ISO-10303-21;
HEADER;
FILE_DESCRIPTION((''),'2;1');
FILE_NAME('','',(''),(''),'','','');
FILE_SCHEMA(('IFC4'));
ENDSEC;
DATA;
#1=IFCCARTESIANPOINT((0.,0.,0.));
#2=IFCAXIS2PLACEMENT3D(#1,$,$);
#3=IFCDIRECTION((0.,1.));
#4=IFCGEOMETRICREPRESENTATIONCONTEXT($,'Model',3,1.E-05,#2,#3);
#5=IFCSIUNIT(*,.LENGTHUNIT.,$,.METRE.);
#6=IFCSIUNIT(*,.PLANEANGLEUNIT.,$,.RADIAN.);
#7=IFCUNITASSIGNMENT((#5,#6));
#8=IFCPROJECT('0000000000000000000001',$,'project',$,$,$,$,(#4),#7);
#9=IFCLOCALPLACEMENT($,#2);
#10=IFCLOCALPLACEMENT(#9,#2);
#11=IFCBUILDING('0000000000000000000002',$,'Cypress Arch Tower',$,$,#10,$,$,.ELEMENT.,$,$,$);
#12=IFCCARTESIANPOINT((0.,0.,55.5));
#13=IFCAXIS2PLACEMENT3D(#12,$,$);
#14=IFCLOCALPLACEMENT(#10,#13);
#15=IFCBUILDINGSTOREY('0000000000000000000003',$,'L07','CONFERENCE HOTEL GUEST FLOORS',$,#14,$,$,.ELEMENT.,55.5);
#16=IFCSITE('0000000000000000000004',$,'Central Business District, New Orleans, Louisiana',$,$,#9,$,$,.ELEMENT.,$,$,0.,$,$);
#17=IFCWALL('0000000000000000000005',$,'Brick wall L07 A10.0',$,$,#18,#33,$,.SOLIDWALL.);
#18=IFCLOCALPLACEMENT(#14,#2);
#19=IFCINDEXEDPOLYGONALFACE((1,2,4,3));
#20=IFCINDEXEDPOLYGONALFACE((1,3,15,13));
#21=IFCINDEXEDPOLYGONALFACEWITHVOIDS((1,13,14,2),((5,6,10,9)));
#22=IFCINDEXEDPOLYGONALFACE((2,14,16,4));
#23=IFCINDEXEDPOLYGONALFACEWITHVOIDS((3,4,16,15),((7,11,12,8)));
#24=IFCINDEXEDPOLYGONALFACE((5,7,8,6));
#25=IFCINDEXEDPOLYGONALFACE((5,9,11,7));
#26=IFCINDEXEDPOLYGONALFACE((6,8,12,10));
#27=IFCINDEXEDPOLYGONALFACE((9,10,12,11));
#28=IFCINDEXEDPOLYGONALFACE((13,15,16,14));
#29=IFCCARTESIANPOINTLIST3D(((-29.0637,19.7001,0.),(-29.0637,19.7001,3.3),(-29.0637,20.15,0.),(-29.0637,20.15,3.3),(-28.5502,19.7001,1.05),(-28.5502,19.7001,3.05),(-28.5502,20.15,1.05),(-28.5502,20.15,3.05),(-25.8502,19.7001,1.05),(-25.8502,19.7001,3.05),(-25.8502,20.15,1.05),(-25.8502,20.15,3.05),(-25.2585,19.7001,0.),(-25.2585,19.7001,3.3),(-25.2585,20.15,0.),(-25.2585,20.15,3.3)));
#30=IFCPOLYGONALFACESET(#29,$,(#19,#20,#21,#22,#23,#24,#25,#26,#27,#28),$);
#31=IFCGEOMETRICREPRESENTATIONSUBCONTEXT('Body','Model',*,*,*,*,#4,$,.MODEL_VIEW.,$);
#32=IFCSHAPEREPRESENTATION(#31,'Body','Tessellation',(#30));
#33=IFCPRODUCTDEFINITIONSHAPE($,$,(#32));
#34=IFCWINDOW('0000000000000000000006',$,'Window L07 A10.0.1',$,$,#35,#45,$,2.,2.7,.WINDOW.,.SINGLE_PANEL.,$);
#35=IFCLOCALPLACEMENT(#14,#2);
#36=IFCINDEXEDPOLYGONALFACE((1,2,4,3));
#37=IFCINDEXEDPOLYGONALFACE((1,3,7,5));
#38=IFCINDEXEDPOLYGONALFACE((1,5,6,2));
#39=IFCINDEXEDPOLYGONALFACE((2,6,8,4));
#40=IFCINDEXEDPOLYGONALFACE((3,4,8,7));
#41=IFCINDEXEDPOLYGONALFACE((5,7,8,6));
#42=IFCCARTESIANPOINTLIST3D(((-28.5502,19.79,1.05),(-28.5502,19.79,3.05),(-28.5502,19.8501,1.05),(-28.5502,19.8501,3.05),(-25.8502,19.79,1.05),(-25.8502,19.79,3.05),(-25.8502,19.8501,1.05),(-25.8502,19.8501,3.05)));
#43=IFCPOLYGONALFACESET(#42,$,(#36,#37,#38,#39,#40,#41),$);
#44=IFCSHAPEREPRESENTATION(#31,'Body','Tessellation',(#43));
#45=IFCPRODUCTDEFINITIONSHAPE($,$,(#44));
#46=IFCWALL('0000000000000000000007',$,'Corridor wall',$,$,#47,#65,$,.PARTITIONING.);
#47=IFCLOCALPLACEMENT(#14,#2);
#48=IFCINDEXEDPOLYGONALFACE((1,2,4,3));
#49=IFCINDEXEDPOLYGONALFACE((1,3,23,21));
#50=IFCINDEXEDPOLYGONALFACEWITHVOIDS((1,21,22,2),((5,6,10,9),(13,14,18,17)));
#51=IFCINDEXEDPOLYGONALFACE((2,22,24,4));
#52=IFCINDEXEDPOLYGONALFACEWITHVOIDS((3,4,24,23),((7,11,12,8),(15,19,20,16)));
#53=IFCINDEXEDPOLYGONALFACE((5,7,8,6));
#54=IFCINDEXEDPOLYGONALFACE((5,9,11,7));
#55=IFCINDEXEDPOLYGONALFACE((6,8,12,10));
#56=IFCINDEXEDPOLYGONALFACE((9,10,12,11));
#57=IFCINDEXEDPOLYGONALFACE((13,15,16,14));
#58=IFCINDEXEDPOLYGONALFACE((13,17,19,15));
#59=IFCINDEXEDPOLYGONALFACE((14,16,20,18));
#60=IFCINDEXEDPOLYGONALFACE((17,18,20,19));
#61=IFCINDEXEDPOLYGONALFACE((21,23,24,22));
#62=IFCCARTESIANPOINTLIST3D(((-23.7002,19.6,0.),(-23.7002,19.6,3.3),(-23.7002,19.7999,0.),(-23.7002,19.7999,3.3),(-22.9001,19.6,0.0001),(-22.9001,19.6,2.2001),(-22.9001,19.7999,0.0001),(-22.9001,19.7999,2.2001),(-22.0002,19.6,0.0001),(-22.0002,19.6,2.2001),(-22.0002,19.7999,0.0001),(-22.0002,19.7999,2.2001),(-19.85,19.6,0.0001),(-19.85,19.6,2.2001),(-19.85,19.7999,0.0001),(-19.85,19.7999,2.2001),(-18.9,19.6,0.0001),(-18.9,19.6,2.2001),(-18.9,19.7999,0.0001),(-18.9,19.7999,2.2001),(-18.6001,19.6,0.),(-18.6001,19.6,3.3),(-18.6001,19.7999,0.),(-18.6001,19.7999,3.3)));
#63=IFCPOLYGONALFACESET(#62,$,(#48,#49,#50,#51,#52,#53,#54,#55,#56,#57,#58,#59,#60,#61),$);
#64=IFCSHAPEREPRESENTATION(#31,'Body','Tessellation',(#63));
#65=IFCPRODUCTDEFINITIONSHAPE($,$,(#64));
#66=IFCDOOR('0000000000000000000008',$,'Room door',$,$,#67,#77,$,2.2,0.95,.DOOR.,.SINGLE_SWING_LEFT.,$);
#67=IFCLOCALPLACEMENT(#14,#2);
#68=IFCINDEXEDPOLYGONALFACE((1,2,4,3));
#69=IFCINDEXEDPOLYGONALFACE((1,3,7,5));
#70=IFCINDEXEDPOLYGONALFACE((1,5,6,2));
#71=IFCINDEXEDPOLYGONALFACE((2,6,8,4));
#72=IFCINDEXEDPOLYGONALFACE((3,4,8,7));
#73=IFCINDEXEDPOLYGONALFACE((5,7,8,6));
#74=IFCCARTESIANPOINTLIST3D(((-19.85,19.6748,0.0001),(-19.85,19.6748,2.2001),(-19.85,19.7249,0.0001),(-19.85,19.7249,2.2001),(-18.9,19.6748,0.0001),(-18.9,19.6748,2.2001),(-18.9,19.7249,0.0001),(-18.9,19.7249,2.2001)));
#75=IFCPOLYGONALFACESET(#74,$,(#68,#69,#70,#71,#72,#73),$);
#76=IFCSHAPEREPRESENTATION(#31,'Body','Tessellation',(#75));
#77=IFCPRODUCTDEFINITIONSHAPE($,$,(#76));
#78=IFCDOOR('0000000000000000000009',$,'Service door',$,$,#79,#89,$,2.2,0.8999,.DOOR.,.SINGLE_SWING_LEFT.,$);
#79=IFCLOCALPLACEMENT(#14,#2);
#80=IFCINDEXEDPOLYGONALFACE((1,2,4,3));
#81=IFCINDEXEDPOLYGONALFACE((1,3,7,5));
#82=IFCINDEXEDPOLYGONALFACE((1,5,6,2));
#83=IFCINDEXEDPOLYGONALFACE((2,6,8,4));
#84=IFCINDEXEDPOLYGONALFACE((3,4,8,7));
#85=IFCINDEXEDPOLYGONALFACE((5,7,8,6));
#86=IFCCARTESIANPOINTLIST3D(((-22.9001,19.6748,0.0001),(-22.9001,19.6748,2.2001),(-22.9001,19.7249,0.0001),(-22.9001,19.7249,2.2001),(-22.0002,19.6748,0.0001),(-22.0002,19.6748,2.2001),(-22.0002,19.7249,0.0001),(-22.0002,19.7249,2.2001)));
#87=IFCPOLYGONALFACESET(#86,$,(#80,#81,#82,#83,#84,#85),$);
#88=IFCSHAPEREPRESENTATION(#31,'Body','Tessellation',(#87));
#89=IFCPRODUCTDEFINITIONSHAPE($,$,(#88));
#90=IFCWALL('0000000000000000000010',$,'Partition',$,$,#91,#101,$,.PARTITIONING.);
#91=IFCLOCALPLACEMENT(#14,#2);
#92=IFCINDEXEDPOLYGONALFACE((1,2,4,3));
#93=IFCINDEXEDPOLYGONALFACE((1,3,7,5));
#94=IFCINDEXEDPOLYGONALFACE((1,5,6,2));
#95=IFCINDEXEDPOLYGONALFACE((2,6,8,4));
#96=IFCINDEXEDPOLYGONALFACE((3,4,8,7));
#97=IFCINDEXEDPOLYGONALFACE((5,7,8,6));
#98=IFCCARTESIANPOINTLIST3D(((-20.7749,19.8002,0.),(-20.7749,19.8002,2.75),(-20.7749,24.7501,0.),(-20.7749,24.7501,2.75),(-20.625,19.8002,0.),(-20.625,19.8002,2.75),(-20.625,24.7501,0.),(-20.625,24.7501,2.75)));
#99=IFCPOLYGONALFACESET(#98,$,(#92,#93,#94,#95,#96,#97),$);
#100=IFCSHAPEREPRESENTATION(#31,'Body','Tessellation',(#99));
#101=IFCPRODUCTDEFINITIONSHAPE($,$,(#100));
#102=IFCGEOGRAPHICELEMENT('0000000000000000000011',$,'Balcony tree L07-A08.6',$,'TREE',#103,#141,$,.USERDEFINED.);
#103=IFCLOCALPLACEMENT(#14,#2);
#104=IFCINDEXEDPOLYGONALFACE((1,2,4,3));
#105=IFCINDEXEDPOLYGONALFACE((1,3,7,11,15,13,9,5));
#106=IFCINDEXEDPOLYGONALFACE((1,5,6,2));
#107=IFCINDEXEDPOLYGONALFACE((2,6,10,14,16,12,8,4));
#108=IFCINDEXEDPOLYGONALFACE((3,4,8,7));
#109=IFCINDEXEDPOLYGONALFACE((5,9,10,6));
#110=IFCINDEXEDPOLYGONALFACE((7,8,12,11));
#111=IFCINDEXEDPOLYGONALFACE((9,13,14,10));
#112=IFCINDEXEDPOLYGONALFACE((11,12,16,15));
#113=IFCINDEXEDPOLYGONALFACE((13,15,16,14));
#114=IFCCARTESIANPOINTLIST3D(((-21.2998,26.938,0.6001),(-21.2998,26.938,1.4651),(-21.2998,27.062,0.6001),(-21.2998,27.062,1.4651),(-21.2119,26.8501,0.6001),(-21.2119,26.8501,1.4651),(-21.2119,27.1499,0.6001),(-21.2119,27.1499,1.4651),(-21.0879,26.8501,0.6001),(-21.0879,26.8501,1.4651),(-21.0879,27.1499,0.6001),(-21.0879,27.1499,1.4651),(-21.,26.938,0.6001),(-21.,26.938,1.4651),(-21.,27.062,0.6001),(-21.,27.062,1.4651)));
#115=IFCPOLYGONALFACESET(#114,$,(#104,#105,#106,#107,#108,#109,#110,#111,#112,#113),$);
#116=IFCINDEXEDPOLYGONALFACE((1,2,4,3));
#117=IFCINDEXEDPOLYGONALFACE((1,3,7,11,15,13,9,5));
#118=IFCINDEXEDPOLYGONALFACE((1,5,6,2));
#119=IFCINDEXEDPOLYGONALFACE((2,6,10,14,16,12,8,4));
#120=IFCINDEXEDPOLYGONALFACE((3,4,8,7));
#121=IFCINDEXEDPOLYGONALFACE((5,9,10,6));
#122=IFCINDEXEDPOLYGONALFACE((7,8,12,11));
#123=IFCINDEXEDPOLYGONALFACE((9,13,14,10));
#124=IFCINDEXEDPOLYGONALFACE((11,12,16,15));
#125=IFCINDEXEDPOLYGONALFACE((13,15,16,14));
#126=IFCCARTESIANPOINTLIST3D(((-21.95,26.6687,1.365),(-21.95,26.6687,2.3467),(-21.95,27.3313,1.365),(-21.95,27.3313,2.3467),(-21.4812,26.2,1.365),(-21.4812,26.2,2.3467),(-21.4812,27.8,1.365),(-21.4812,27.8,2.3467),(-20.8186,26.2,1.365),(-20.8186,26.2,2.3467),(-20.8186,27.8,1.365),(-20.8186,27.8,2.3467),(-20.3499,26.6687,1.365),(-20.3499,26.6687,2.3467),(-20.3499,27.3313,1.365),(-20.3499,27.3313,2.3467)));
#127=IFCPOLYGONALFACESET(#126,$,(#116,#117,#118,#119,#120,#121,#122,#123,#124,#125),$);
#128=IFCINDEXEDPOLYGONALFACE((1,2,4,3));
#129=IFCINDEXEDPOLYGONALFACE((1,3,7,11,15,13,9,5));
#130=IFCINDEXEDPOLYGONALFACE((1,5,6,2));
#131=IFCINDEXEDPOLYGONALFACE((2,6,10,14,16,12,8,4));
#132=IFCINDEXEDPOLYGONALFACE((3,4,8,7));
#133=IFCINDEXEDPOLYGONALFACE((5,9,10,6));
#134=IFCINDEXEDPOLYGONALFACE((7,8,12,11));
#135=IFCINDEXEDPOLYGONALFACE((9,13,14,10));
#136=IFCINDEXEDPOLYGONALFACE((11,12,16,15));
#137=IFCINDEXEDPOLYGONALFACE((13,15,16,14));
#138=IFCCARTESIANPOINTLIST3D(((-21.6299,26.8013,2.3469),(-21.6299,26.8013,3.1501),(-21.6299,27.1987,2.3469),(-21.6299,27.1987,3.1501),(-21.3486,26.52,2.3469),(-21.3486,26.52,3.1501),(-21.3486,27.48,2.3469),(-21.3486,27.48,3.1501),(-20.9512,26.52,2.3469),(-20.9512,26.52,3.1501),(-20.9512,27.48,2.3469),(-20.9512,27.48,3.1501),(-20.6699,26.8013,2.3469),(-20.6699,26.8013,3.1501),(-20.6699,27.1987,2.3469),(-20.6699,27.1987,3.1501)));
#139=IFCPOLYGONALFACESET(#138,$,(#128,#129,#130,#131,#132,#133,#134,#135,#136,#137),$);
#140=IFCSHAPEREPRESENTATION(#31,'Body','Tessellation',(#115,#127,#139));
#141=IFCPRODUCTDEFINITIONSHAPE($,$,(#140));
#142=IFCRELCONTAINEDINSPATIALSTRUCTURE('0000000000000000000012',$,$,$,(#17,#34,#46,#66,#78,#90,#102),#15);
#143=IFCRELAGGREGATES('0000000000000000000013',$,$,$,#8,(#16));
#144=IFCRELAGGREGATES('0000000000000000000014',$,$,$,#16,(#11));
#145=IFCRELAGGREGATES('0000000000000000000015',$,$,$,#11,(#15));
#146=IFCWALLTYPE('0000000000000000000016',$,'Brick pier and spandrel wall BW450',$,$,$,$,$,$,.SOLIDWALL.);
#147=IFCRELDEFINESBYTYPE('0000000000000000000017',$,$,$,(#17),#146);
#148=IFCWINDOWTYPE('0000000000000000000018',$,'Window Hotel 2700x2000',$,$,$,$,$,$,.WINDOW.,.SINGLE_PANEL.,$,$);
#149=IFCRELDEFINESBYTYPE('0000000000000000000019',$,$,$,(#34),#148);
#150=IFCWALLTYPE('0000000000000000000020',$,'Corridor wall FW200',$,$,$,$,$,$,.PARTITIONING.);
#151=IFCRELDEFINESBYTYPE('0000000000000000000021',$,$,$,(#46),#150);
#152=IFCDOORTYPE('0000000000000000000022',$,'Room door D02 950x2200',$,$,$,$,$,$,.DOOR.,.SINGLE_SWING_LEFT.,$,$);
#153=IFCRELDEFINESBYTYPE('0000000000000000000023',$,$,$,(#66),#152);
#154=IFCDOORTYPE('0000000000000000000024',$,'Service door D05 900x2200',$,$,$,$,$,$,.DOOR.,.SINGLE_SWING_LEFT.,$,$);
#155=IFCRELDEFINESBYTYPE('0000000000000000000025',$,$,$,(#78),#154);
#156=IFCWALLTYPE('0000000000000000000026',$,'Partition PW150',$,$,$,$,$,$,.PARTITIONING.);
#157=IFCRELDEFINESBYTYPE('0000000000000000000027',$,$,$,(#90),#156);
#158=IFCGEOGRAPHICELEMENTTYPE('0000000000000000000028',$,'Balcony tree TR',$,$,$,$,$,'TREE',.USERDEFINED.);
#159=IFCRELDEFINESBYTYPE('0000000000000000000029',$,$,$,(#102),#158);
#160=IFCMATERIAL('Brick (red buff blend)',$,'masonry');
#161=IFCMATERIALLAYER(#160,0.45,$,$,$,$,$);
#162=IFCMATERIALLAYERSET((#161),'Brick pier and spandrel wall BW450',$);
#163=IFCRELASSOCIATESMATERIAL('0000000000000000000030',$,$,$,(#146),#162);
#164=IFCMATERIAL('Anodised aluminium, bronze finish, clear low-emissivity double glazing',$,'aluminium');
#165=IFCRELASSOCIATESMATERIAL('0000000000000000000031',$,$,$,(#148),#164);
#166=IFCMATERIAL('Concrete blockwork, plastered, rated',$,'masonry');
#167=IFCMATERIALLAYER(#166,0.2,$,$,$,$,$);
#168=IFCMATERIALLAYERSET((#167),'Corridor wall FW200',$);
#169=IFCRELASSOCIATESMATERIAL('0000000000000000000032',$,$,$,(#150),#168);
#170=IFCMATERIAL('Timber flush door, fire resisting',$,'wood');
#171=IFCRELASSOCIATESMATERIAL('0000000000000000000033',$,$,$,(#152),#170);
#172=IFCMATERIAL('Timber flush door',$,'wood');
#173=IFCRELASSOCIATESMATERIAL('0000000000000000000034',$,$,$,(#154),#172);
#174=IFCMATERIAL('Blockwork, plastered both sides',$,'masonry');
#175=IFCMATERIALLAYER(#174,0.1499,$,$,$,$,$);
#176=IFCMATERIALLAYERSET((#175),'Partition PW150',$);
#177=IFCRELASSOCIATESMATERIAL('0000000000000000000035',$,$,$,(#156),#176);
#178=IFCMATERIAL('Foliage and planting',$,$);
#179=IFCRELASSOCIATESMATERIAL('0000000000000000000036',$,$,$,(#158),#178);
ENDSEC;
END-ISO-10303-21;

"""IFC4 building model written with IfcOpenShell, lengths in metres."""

from ifc_helpers import new_model, si_unit, direction, frame, frame_2d, origin, place, context, subcontext, project, spatial, polyline, rectangle, outline, extrude, material, layer, layer_set, type_object, element, fill, save


model = new_model("IFC4")

# Units and contexts
model_context = context("Model", 3, precision=1e-05, world=origin(), true_north=direction((0.0, 1.0)))
body_context = subcontext(model_context, "Body", "Model", "MODEL_VIEW")
ifc_project = project(units=[si_unit("LENGTHUNIT", "METRE"), si_unit("PLANEANGLEUNIT", "RADIAN")], contexts=[model_context])

# Site, building, storey
site_placement = place(None, origin())
site = spatial("IfcSite", under=ifc_project, at=site_placement, Name="Central Business District, New Orleans, Louisiana", CompositionType="ELEMENT", RefElevation=0.0)
building_placement = place(site_placement, origin())
building = spatial("IfcBuilding", under=site, at=building_placement, Name="Cypress Arch Tower", CompositionType="ELEMENT")
storey_placement = place(building_placement, frame((0.0, 0.0, 55.5)))
storey = spatial("IfcBuildingStorey", under=building, at=storey_placement, Name="L07", Description="CONFERENCE HOTEL GUEST FLOORS", CompositionType="ELEMENT", Elevation=55.5)

# Shared definitions
ifc_material_1 = material(Name="Brick (red buff blend)", Category="masonry")
ifc_layer_1 = layer(ifc_material_1, 0.45)
ifc_layer_set_1 = layer_set([ifc_layer_1], Name="Brick pier and spandrel wall BW450")
wall_type_1 = type_object("IfcWallType", Name="Brick pier and spandrel wall BW450", PredefinedType="SOLIDWALL", material=ifc_layer_set_1)

# Wall, opening, window
wall_1_placement = place(storey_placement, frame((-25.2585, 19.925, 0.0), z_axis=(0.0, 0.0, 1.0), x_axis=(-1.0, 0.0, 0.0)))
wall_1 = element("IfcWall", 1, at=wall_1_placement, inside=storey, type_object=wall_type_1, Name="Brick wall L07 A10.0", PredefinedType="SOLIDWALL", context=body_context, shape_type="SweptSolid", body=[
    extrude(rectangle(XDim=3.8052, YDim=0.45, at=frame_2d((1.9026, 0.0))), origin(), (0.0, 0.0, 1.0), 3.3),
])
opening_1_placement = place(wall_1_placement, frame((0.5916, 0.0, 1.05)))
opening_1 = element("IfcOpeningElement", 2, at=opening_1_placement, cuts=wall_1, PredefinedType="OPENING", context=body_context, shape_type="SweptSolid", body=[
    extrude(rectangle(XDim=2.7, YDim=2.0, at=frame_2d((1.3501, 1.0))), frame((0.0, 0.2349, 0.0), z_axis=(0.0, -1.0, 0.0), x_axis=(1.0, 0.0, 0.0)), (0.0, 0.0, 1.0), 0.47),
])
ifc_material_2 = material(Name="Anodised aluminium, bronze finish, clear low-emissivity double glazing", Category="aluminium")
window_type_1 = type_object("IfcWindowType", Name="Window Hotel 2700x2000", PartitioningType="SINGLE_PANEL", PredefinedType="WINDOW", material=ifc_material_2)
window_1_placement = place(opening_1_placement, origin())
window_1 = element("IfcWindow", 3, at=window_1_placement, inside=storey, type_object=window_type_1, Name="Window L07 A10.0.1", OverallHeight=2.0, OverallWidth=2.7, PartitioningType="SINGLE_PANEL", PredefinedType="WINDOW", context=body_context, shape_type="SweptSolid", body=[
    extrude(rectangle(XDim=2.7, YDim=2.0, at=frame_2d((1.3501, 1.0))), frame((0.0, 0.135, 0.0), z_axis=(0.0, -1.0, 0.0), x_axis=(1.0, 0.0, 0.0)), (0.0, 0.0, 1.0), 0.0601),
])
fill(opening_1, window_1)

# Wall, openings, doors
ifc_material_3 = material(Name="Concrete blockwork, plastered, rated", Category="masonry")
ifc_layer_2 = layer(ifc_material_3, 0.2)
ifc_layer_set_2 = layer_set([ifc_layer_2], Name="Corridor wall FW200")
wall_type_2 = type_object("IfcWallType", Name="Corridor wall FW200", PredefinedType="PARTITIONING", material=ifc_layer_set_2)
wall_2_placement = place(storey_placement, frame((-23.7002, 19.7, 0.0), z_axis=(0.0, 0.0, 1.0), x_axis=(1.0, 0.0, 0.0)))
wall_2 = element("IfcWall", 4, at=wall_2_placement, inside=storey, type_object=wall_type_2, Name="Corridor wall", PredefinedType="PARTITIONING", context=body_context, shape_type="SweptSolid", body=[
    extrude(rectangle(XDim=5.1001, YDim=0.2, at=frame_2d((2.55, 0.0))), origin(), (0.0, 0.0, 1.0), 3.3),
])
opening_2_placement = place(wall_2_placement, frame((0.8, 0.0, 0.0)))
opening_2 = element("IfcOpeningElement", 5, at=opening_2_placement, cuts=wall_2, PredefinedType="OPENING", context=body_context, shape_type="SweptSolid", body=[
    extrude(rectangle(XDim=0.8999, YDim=2.2, at=frame_2d((0.45, 1.1001))), frame((0.0, 0.1099, 0.0), z_axis=(0.0, -1.0, 0.0), x_axis=(1.0, 0.0, 0.0)), (0.0, 0.0, 1.0), 0.22),
])
opening_3_placement = place(wall_2_placement, frame((3.8501, 0.0, 0.0)))
opening_3 = element("IfcOpeningElement", 6, at=opening_3_placement, cuts=wall_2, PredefinedType="OPENING", context=body_context, shape_type="SweptSolid", body=[
    extrude(rectangle(XDim=0.95, YDim=2.2, at=frame_2d((0.4751, 1.1001))), frame((0.0, 0.1099, 0.0), z_axis=(0.0, -1.0, 0.0), x_axis=(1.0, 0.0, 0.0)), (0.0, 0.0, 1.0), 0.22),
])
ifc_material_4 = material(Name="Timber flush door, fire resisting", Category="wood")
door_type_1 = type_object("IfcDoorType", Name="Room door D02 950x2200", OperationType="SINGLE_SWING_LEFT", PredefinedType="DOOR", material=ifc_material_4)
door_1_placement = place(opening_3_placement, origin())
door_1 = element("IfcDoor", 7, at=door_1_placement, inside=storey, type_object=door_type_1, Name="Room door", OperationType="SINGLE_SWING_LEFT", OverallHeight=2.2, OverallWidth=0.95, PredefinedType="DOOR", context=body_context, shape_type="SweptSolid", body=[
    extrude(rectangle(XDim=0.95, YDim=2.2, at=frame_2d((0.4751, 1.1001))), frame((0.0, 0.0249, 0.0), z_axis=(0.0, -1.0, 0.0), x_axis=(1.0, 0.0, 0.0)), (0.0, 0.0, 1.0), 0.05),
])
fill(opening_3, door_1)
ifc_material_5 = material(Name="Timber flush door", Category="wood")
door_type_2 = type_object("IfcDoorType", Name="Service door D05 900x2200", OperationType="SINGLE_SWING_LEFT", PredefinedType="DOOR", material=ifc_material_5)
door_2_placement = place(opening_2_placement, origin())
door_2 = element("IfcDoor", 8, at=door_2_placement, inside=storey, type_object=door_type_2, Name="Service door", OperationType="SINGLE_SWING_LEFT", OverallHeight=2.2, OverallWidth=0.8999, PredefinedType="DOOR", context=body_context, shape_type="SweptSolid", body=[
    extrude(rectangle(XDim=0.8999, YDim=2.2, at=frame_2d((0.45, 1.1001))), frame((0.0, 0.0249, 0.0), z_axis=(0.0, -1.0, 0.0), x_axis=(1.0, 0.0, 0.0)), (0.0, 0.0, 1.0), 0.05),
])
fill(opening_2, door_2)

# Wall
ifc_material_6 = material(Name="Blockwork, plastered both sides", Category="masonry")
ifc_layer_3 = layer(ifc_material_6, 0.1499)
ifc_layer_set_3 = layer_set([ifc_layer_3], Name="Partition PW150")
wall_type_3 = type_object("IfcWallType", Name="Partition PW150", PredefinedType="PARTITIONING", material=ifc_layer_set_3)
wall_3_placement = place(storey_placement, frame((-20.7, 19.8, 0.0), z_axis=(0.0, 0.0, 1.0), x_axis=(0.0, 1.0, 0.0)))
element("IfcWall", 9, at=wall_3_placement, inside=storey, type_object=wall_type_3, Name="Partition", PredefinedType="PARTITIONING", context=body_context, shape_type="SweptSolid", body=[
    extrude(rectangle(XDim=4.95, YDim=0.1499, at=frame_2d((2.4751, 0.0))), origin(), (0.0, 0.0, 1.0), 2.75),
])

# Geographic element
ifc_material_7 = material(Name="Foliage and planting")
geographic_element_type = type_object("IfcGeographicElementType", Name="Balcony tree TR", ElementType="TREE", PredefinedType="USERDEFINED", material=ifc_material_7)
geographic_element_placement = place(storey_placement, frame((-21.1499, 27.0, 0.6001), z_axis=(0.0, 0.0, 1.0), x_axis=(1.0, 0.0, 0.0)))
element("IfcGeographicElement", 10, at=geographic_element_placement, inside=storey, type_object=geographic_element_type, Name="Balcony tree L07-A08.6", ObjectType="TREE", PredefinedType="USERDEFINED", context=body_context, shape_type="SweptSolid", body=[
    extrude(outline(polyline([(0.1499, 0.062), (0.062, 0.1499), (-0.062, 0.1499), (-0.1499, 0.062), (-0.1499, -0.062), (-0.062, -0.1499), (0.062, -0.1499), (0.1499, -0.062), (0.1499, 0.062)])), origin(), (0.0, 0.0, 1.0), 0.865),
    extrude(outline(polyline([(0.8, 0.3313), (0.3313, 0.8), (-0.3313, 0.8), (-0.8, 0.3313), (-0.8, -0.3313), (-0.3313, -0.8), (0.3313, -0.8), (0.8, -0.3313), (0.8, 0.3313)])), frame((0.0, 0.0, 0.7649)), (0.0, 0.0, 1.0), 0.9817),
    extrude(outline(polyline([(0.48, 0.1987), (0.1987, 0.48), (-0.1987, 0.48), (-0.48, 0.1987), (-0.48, -0.1987), (-0.1987, -0.48), (0.1987, -0.48), (0.48, -0.1987), (0.48, 0.1987)])), frame((0.0, 0.0, 1.7468)), (0.0, 0.0, 1.0), 0.8032),
])

save(model, "model.ifc")
